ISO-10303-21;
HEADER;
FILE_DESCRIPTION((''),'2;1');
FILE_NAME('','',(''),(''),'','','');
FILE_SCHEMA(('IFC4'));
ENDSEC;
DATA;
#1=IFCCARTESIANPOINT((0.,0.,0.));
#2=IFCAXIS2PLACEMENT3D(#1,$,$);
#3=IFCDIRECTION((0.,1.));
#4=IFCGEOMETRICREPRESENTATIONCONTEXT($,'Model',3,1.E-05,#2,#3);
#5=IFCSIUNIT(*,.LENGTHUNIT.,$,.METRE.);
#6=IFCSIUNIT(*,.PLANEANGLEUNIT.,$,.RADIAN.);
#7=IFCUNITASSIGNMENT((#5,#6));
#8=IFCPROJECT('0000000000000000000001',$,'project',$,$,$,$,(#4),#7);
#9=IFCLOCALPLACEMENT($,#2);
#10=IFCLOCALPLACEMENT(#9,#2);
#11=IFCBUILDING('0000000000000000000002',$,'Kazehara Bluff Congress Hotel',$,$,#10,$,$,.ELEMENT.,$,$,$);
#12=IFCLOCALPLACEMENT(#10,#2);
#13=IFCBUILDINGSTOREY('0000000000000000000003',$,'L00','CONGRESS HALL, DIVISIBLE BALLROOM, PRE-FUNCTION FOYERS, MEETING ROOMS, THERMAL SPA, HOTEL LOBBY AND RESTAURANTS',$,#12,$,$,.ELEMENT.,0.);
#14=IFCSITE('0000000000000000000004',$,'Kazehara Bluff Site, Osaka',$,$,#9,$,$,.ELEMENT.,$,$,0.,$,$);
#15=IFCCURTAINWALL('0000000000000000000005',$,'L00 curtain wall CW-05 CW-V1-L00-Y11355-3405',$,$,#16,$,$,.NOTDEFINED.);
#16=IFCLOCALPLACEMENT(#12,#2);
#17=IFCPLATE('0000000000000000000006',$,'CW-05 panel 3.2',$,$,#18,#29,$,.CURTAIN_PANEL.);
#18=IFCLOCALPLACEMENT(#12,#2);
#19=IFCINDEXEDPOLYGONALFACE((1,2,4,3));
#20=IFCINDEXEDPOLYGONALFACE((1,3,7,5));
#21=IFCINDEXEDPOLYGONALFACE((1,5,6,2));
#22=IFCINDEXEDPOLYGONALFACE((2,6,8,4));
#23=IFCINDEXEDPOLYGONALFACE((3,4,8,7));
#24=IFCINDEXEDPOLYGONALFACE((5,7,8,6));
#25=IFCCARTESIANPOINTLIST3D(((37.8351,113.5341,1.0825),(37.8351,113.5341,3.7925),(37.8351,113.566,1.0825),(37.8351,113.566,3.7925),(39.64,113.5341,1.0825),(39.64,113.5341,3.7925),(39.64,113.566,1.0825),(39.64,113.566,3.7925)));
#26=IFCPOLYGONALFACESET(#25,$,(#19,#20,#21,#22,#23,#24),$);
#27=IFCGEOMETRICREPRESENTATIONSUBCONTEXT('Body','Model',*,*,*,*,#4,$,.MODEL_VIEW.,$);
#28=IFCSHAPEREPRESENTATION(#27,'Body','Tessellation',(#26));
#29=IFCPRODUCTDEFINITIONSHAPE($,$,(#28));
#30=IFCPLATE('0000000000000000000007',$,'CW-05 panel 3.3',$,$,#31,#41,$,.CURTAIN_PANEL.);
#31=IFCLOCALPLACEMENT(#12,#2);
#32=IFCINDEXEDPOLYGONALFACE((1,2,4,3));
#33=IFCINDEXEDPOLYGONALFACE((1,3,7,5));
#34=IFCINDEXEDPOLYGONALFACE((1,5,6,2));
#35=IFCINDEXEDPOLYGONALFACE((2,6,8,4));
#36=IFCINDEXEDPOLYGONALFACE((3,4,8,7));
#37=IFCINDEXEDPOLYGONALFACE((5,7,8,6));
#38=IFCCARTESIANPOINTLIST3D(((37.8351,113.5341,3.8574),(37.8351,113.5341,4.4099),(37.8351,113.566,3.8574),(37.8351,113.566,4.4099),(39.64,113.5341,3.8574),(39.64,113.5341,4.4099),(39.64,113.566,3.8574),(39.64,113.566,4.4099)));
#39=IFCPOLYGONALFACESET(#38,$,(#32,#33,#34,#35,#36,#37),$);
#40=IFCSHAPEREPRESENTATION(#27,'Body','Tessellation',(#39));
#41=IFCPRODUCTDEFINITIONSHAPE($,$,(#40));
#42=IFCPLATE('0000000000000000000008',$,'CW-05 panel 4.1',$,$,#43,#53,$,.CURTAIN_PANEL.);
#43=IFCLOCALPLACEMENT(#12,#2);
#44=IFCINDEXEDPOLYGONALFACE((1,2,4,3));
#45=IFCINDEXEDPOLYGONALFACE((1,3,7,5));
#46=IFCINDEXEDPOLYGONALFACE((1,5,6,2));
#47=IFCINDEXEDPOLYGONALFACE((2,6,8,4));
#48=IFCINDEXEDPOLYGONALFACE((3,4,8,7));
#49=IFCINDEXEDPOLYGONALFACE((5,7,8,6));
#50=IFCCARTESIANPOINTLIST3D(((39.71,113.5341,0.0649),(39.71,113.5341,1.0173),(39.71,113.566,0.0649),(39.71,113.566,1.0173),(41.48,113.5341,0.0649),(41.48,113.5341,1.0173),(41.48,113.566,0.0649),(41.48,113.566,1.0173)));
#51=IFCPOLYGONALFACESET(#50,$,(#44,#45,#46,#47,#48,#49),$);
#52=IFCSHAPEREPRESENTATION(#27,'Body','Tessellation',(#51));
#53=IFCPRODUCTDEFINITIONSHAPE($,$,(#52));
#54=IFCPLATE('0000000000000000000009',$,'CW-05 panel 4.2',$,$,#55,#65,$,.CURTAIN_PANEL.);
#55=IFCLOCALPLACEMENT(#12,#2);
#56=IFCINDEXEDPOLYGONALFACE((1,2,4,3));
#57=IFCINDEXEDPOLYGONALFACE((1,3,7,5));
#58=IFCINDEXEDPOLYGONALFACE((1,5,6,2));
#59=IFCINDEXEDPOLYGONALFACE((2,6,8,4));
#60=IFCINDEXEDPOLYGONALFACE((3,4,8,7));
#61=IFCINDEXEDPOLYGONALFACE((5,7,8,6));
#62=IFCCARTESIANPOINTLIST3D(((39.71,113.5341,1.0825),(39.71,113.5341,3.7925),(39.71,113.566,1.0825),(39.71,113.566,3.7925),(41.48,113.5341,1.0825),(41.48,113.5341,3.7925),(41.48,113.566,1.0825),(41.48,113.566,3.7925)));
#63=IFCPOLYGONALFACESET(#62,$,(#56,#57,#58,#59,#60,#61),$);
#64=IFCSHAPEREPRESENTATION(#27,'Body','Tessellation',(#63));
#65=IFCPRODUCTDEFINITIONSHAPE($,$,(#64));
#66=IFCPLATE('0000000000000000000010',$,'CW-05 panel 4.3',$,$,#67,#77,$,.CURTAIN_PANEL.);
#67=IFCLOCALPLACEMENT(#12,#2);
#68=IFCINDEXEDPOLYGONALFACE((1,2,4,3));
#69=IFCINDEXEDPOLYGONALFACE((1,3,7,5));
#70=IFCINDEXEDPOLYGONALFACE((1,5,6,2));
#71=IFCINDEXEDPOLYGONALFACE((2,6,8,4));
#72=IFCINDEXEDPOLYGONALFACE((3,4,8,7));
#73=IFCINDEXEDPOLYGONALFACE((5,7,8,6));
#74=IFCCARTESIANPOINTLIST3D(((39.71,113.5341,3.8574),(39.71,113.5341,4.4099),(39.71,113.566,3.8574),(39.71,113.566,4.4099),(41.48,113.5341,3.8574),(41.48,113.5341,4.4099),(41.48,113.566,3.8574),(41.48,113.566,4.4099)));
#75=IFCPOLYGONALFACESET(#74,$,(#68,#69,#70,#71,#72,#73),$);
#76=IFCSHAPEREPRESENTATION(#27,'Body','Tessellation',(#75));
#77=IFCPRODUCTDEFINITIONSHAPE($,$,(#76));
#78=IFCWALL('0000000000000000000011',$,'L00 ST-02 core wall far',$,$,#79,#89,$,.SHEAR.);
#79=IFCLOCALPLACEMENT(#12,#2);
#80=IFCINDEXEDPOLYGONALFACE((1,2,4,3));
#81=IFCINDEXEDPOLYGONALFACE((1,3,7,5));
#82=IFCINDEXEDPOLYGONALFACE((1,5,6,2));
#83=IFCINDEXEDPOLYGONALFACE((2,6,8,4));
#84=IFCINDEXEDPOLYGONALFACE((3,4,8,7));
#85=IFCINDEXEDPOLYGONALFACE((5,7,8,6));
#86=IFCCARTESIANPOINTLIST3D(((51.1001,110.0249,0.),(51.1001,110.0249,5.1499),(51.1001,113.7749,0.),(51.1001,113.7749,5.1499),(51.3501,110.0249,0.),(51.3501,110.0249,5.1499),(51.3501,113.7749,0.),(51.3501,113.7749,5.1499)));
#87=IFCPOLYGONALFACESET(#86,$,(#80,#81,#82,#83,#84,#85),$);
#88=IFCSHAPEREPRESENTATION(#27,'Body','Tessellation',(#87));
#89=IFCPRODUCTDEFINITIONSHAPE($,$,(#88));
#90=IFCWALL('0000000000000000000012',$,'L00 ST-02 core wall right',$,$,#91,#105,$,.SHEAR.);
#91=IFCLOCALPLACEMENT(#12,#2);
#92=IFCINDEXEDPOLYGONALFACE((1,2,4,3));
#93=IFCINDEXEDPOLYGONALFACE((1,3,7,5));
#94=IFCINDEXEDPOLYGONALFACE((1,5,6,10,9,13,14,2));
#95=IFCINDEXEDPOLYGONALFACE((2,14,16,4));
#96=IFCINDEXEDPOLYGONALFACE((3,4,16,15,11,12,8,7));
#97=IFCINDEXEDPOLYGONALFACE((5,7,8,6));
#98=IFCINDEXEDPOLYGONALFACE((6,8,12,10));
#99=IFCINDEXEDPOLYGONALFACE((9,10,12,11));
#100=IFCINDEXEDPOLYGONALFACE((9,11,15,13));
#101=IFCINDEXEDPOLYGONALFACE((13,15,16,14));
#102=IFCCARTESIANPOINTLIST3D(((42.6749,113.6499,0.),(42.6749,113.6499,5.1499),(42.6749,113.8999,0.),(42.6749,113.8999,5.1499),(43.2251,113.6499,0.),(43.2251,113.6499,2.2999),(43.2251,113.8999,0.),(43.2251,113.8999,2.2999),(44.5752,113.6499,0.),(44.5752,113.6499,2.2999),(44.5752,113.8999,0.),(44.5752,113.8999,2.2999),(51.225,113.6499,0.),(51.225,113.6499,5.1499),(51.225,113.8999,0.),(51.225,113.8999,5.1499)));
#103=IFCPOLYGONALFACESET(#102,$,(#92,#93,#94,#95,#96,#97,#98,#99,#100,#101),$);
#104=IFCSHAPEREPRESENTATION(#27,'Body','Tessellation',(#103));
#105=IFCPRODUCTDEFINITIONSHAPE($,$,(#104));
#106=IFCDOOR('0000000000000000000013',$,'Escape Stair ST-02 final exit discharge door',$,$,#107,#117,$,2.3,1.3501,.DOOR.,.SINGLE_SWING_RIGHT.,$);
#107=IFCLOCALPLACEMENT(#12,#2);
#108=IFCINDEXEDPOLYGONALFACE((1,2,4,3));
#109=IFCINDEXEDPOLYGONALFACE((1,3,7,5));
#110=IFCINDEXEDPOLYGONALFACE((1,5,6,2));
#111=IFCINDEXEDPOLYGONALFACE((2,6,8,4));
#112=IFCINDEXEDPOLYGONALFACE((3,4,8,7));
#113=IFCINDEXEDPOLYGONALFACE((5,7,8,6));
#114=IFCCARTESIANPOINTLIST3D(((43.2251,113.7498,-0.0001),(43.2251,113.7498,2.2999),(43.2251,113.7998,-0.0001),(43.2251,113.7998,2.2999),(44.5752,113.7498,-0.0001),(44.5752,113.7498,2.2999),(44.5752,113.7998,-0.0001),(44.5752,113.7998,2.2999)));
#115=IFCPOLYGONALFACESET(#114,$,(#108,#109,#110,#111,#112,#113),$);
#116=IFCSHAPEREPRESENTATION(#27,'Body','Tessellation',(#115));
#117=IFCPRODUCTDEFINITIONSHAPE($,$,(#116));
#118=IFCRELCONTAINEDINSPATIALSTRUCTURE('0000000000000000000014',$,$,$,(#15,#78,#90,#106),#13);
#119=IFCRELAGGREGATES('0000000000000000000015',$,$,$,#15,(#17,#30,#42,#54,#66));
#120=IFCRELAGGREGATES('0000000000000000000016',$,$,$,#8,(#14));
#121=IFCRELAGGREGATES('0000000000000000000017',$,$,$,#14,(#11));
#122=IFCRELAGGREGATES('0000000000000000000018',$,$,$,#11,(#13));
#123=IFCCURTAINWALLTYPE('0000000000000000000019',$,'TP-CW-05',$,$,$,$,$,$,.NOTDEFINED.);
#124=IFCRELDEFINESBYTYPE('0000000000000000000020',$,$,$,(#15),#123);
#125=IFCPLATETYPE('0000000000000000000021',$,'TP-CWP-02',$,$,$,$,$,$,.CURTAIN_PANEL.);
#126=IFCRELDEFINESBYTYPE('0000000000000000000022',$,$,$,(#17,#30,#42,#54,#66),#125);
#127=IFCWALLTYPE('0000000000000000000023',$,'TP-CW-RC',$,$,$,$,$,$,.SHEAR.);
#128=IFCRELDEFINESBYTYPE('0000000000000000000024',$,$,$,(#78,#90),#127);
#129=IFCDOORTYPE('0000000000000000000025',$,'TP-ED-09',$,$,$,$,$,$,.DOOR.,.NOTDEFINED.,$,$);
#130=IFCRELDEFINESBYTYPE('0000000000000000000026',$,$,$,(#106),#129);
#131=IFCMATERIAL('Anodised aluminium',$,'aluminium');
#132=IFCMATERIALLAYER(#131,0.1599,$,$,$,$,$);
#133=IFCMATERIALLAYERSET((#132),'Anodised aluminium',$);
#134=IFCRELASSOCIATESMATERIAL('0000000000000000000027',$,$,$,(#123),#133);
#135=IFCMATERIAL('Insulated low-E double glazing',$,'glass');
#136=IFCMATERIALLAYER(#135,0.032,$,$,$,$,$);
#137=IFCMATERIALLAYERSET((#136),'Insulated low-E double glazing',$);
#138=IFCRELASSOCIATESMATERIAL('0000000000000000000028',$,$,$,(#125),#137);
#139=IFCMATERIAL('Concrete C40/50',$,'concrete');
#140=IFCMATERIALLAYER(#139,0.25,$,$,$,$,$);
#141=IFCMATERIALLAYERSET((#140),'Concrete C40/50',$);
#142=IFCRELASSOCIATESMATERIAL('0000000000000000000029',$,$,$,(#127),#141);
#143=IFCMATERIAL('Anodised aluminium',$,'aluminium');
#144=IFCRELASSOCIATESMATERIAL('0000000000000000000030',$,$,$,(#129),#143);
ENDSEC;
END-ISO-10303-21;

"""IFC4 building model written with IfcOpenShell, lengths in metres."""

from ifc_helpers import new_model, si_unit, direction, frame, frame_2d, origin, origin_2d, place, context, subcontext, project, spatial, rectangle, extrude, material, layer, layer_set, type_object, element, fill, aggregate, save


model = new_model("IFC4")

# Units and contexts
model_context = context("Model", 3, precision=1e-05, world=origin(), true_north=direction((0.0, 1.0)))
body_context = subcontext(model_context, "Body", "Model", "MODEL_VIEW")
ifc_project = project(units=[si_unit("LENGTHUNIT", "METRE"), si_unit("PLANEANGLEUNIT", "RADIAN")], contexts=[model_context])

# Site, building, storey
site_placement = place(None, origin())
site = spatial("IfcSite", under=ifc_project, at=site_placement, Name="Kazehara Bluff Site, Osaka", CompositionType="ELEMENT", RefElevation=0.0)
building_placement = place(site_placement, origin())
building = spatial("IfcBuilding", under=site, at=building_placement, Name="Kazehara Bluff Congress Hotel", CompositionType="ELEMENT")
storey_placement = place(building_placement, origin())
storey = spatial("IfcBuildingStorey", under=building, at=storey_placement, Name="L00", Description="CONGRESS HALL, DIVISIBLE BALLROOM, PRE-FUNCTION FOYERS, MEETING ROOMS, THERMAL SPA, HOTEL LOBBY AND RESTAURANTS", CompositionType="ELEMENT", Elevation=0.0)

# Curtain wall
ifc_material_1 = material(Name="Anodised aluminium", Category="aluminium")
ifc_layer_1 = layer(ifc_material_1, 0.1599)
ifc_layer_set_1 = layer_set([ifc_layer_1], Name="Anodised aluminium")
curtain_wall_type_1 = type_object("IfcCurtainWallType", Name="TP-CW-05", PredefinedType="NOTDEFINED", material=ifc_layer_set_1)
curtain_wall_1_placement = place(storey_placement, origin())
curtain_wall_1 = element("IfcCurtainWall", 1, at=curtain_wall_1_placement, inside=storey, type_object=curtain_wall_type_1, Name="L00 curtain wall CW-05 CW-V1-L00-Y11355-3405", PredefinedType="NOTDEFINED")

# Plates
ifc_material_2 = material(Name="Insulated low-E double glazing", Category="glass")
ifc_layer_2 = layer(ifc_material_2, 0.032)
ifc_layer_set_2 = layer_set([ifc_layer_2], Name="Insulated low-E double glazing")
plate_type = type_object("IfcPlateType", Name="TP-CWP-02", PredefinedType="CURTAIN_PANEL", material=ifc_layer_set_2)
plate_1_placement = place(storey_placement, frame((38.7375, 113.55, 1.0825), z_axis=(0.0, 0.0, 1.0), x_axis=(1.0, 0.0, 0.0)))
plate_1 = element("IfcPlate", 2, at=plate_1_placement, type_object=plate_type, Name="CW-05 panel 3.2", PredefinedType="CURTAIN_PANEL", context=body_context, shape_type="SweptSolid", body=[
    extrude(rectangle(XDim=1.8049, YDim=0.032, at=origin_2d()), origin(), (0.0, 0.0, 1.0), 2.71),
])
plate_2_placement = place(storey_placement, frame((38.7375, 113.55, 3.8574), z_axis=(0.0, 0.0, 1.0), x_axis=(1.0, 0.0, 0.0)))
plate_2 = element("IfcPlate", 3, at=plate_2_placement, type_object=plate_type, Name="CW-05 panel 3.3", PredefinedType="CURTAIN_PANEL", context=body_context, shape_type="SweptSolid", body=[
    extrude(rectangle(XDim=1.8049, YDim=0.032, at=origin_2d()), origin(), (0.0, 0.0, 1.0), 0.5525),
])
plate_3_placement = place(storey_placement, frame((40.595, 113.55, 0.0649), z_axis=(0.0, 0.0, 1.0), x_axis=(1.0, 0.0, 0.0)))
plate_3 = element("IfcPlate", 4, at=plate_3_placement, type_object=plate_type, Name="CW-05 panel 4.1", PredefinedType="CURTAIN_PANEL", context=body_context, shape_type="SweptSolid", body=[
    extrude(rectangle(XDim=1.77, YDim=0.032, at=origin_2d()), origin(), (0.0, 0.0, 1.0), 0.9524),
])
plate_4_placement = place(storey_placement, frame((40.595, 113.55, 1.0825), z_axis=(0.0, 0.0, 1.0), x_axis=(1.0, 0.0, 0.0)))
plate_4 = element("IfcPlate", 5, at=plate_4_placement, type_object=plate_type, Name="CW-05 panel 4.2", PredefinedType="CURTAIN_PANEL", context=body_context, shape_type="SweptSolid", body=[
    extrude(rectangle(XDim=1.77, YDim=0.032, at=origin_2d()), origin(), (0.0, 0.0, 1.0), 2.71),
])
plate_5_placement = place(storey_placement, frame((40.595, 113.55, 3.8574), z_axis=(0.0, 0.0, 1.0), x_axis=(1.0, 0.0, 0.0)))
plate_5 = element("IfcPlate", 6, at=plate_5_placement, type_object=plate_type, Name="CW-05 panel 4.3", PredefinedType="CURTAIN_PANEL", context=body_context, shape_type="SweptSolid", body=[
    extrude(rectangle(XDim=1.77, YDim=0.032, at=origin_2d()), origin(), (0.0, 0.0, 1.0), 0.5525),
])
aggregate(curtain_wall_1, [plate_1, plate_2, plate_3, plate_4, plate_5])

# Wall
ifc_material_3 = material(Name="Concrete C40/50", Category="concrete")
ifc_layer_3 = layer(ifc_material_3, 0.25)
ifc_layer_set_3 = layer_set([ifc_layer_3], Name="Concrete C40/50")
wall_type = type_object("IfcWallType", Name="TP-CW-RC", PredefinedType="SHEAR", material=ifc_layer_set_3)
wall_1_placement = place(storey_placement, frame((51.2251, 113.7749, 0.0), z_axis=(0.0, 0.0, 1.0), x_axis=(0.0, -1.0, 0.0)))
element("IfcWall", 7, at=wall_1_placement, inside=storey, type_object=wall_type, Name="L00 ST-02 core wall far", PredefinedType="SHEAR", context=body_context, shape_type="SweptSolid", body=[
    extrude(rectangle(XDim=3.75, YDim=0.25, at=frame_2d((1.875, 0.0))), origin(), (0.0, 0.0, 1.0), 5.1499),
])

# Wall, opening, door
wall_2_placement = place(storey_placement, frame((42.675, 113.7749, 0.0), z_axis=(0.0, 0.0, 1.0), x_axis=(1.0, 0.0, 0.0)))
wall_2 = element("IfcWall", 8, at=wall_2_placement, inside=storey, type_object=wall_type, Name="L00 ST-02 core wall right", PredefinedType="SHEAR", context=body_context, shape_type="SweptSolid", body=[
    extrude(rectangle(XDim=8.55, YDim=0.25, at=frame_2d((4.2749, 0.0))), origin(), (0.0, 0.0, 1.0), 5.1499),
])
opening_placement = place(wall_2_placement, frame((0.55, 0.0, 0.0)))
opening = element("IfcOpeningElement", 9, at=opening_placement, cuts=wall_2, PredefinedType="OPENING", context=body_context, shape_type="SweptSolid", body=[
    extrude(rectangle(XDim=1.3501, YDim=2.3, at=frame_2d((0.675, 1.1499))), frame((0.0, 0.135, 0.0), z_axis=(0.0, -1.0, 0.0), x_axis=(1.0, 0.0, 0.0)), (0.0, 0.0, 1.0), 0.27),
])
ifc_material_4 = material(Name="Anodised aluminium", Category="aluminium")
door_type = type_object("IfcDoorType", Name="TP-ED-09", OperationType="NOTDEFINED", PredefinedType="DOOR", material=ifc_material_4)
door_placement = place(opening_placement, origin())
door = element("IfcDoor", 10, at=door_placement, inside=storey, type_object=door_type, Name="Escape Stair ST-02 final exit discharge door", OperationType="SINGLE_SWING_RIGHT", OverallHeight=2.3, OverallWidth=1.3501, PredefinedType="DOOR", context=body_context, shape_type="SweptSolid", body=[
    extrude(rectangle(XDim=1.3501, YDim=2.3, at=frame_2d((0.675, 1.1499))), frame((0.0, 0.0249, 0.0), z_axis=(0.0, -1.0, 0.0), x_axis=(1.0, 0.0, 0.0)), (0.0, 0.0, 1.0), 0.05),
])
fill(opening, door)

save(model, "model.ifc")
